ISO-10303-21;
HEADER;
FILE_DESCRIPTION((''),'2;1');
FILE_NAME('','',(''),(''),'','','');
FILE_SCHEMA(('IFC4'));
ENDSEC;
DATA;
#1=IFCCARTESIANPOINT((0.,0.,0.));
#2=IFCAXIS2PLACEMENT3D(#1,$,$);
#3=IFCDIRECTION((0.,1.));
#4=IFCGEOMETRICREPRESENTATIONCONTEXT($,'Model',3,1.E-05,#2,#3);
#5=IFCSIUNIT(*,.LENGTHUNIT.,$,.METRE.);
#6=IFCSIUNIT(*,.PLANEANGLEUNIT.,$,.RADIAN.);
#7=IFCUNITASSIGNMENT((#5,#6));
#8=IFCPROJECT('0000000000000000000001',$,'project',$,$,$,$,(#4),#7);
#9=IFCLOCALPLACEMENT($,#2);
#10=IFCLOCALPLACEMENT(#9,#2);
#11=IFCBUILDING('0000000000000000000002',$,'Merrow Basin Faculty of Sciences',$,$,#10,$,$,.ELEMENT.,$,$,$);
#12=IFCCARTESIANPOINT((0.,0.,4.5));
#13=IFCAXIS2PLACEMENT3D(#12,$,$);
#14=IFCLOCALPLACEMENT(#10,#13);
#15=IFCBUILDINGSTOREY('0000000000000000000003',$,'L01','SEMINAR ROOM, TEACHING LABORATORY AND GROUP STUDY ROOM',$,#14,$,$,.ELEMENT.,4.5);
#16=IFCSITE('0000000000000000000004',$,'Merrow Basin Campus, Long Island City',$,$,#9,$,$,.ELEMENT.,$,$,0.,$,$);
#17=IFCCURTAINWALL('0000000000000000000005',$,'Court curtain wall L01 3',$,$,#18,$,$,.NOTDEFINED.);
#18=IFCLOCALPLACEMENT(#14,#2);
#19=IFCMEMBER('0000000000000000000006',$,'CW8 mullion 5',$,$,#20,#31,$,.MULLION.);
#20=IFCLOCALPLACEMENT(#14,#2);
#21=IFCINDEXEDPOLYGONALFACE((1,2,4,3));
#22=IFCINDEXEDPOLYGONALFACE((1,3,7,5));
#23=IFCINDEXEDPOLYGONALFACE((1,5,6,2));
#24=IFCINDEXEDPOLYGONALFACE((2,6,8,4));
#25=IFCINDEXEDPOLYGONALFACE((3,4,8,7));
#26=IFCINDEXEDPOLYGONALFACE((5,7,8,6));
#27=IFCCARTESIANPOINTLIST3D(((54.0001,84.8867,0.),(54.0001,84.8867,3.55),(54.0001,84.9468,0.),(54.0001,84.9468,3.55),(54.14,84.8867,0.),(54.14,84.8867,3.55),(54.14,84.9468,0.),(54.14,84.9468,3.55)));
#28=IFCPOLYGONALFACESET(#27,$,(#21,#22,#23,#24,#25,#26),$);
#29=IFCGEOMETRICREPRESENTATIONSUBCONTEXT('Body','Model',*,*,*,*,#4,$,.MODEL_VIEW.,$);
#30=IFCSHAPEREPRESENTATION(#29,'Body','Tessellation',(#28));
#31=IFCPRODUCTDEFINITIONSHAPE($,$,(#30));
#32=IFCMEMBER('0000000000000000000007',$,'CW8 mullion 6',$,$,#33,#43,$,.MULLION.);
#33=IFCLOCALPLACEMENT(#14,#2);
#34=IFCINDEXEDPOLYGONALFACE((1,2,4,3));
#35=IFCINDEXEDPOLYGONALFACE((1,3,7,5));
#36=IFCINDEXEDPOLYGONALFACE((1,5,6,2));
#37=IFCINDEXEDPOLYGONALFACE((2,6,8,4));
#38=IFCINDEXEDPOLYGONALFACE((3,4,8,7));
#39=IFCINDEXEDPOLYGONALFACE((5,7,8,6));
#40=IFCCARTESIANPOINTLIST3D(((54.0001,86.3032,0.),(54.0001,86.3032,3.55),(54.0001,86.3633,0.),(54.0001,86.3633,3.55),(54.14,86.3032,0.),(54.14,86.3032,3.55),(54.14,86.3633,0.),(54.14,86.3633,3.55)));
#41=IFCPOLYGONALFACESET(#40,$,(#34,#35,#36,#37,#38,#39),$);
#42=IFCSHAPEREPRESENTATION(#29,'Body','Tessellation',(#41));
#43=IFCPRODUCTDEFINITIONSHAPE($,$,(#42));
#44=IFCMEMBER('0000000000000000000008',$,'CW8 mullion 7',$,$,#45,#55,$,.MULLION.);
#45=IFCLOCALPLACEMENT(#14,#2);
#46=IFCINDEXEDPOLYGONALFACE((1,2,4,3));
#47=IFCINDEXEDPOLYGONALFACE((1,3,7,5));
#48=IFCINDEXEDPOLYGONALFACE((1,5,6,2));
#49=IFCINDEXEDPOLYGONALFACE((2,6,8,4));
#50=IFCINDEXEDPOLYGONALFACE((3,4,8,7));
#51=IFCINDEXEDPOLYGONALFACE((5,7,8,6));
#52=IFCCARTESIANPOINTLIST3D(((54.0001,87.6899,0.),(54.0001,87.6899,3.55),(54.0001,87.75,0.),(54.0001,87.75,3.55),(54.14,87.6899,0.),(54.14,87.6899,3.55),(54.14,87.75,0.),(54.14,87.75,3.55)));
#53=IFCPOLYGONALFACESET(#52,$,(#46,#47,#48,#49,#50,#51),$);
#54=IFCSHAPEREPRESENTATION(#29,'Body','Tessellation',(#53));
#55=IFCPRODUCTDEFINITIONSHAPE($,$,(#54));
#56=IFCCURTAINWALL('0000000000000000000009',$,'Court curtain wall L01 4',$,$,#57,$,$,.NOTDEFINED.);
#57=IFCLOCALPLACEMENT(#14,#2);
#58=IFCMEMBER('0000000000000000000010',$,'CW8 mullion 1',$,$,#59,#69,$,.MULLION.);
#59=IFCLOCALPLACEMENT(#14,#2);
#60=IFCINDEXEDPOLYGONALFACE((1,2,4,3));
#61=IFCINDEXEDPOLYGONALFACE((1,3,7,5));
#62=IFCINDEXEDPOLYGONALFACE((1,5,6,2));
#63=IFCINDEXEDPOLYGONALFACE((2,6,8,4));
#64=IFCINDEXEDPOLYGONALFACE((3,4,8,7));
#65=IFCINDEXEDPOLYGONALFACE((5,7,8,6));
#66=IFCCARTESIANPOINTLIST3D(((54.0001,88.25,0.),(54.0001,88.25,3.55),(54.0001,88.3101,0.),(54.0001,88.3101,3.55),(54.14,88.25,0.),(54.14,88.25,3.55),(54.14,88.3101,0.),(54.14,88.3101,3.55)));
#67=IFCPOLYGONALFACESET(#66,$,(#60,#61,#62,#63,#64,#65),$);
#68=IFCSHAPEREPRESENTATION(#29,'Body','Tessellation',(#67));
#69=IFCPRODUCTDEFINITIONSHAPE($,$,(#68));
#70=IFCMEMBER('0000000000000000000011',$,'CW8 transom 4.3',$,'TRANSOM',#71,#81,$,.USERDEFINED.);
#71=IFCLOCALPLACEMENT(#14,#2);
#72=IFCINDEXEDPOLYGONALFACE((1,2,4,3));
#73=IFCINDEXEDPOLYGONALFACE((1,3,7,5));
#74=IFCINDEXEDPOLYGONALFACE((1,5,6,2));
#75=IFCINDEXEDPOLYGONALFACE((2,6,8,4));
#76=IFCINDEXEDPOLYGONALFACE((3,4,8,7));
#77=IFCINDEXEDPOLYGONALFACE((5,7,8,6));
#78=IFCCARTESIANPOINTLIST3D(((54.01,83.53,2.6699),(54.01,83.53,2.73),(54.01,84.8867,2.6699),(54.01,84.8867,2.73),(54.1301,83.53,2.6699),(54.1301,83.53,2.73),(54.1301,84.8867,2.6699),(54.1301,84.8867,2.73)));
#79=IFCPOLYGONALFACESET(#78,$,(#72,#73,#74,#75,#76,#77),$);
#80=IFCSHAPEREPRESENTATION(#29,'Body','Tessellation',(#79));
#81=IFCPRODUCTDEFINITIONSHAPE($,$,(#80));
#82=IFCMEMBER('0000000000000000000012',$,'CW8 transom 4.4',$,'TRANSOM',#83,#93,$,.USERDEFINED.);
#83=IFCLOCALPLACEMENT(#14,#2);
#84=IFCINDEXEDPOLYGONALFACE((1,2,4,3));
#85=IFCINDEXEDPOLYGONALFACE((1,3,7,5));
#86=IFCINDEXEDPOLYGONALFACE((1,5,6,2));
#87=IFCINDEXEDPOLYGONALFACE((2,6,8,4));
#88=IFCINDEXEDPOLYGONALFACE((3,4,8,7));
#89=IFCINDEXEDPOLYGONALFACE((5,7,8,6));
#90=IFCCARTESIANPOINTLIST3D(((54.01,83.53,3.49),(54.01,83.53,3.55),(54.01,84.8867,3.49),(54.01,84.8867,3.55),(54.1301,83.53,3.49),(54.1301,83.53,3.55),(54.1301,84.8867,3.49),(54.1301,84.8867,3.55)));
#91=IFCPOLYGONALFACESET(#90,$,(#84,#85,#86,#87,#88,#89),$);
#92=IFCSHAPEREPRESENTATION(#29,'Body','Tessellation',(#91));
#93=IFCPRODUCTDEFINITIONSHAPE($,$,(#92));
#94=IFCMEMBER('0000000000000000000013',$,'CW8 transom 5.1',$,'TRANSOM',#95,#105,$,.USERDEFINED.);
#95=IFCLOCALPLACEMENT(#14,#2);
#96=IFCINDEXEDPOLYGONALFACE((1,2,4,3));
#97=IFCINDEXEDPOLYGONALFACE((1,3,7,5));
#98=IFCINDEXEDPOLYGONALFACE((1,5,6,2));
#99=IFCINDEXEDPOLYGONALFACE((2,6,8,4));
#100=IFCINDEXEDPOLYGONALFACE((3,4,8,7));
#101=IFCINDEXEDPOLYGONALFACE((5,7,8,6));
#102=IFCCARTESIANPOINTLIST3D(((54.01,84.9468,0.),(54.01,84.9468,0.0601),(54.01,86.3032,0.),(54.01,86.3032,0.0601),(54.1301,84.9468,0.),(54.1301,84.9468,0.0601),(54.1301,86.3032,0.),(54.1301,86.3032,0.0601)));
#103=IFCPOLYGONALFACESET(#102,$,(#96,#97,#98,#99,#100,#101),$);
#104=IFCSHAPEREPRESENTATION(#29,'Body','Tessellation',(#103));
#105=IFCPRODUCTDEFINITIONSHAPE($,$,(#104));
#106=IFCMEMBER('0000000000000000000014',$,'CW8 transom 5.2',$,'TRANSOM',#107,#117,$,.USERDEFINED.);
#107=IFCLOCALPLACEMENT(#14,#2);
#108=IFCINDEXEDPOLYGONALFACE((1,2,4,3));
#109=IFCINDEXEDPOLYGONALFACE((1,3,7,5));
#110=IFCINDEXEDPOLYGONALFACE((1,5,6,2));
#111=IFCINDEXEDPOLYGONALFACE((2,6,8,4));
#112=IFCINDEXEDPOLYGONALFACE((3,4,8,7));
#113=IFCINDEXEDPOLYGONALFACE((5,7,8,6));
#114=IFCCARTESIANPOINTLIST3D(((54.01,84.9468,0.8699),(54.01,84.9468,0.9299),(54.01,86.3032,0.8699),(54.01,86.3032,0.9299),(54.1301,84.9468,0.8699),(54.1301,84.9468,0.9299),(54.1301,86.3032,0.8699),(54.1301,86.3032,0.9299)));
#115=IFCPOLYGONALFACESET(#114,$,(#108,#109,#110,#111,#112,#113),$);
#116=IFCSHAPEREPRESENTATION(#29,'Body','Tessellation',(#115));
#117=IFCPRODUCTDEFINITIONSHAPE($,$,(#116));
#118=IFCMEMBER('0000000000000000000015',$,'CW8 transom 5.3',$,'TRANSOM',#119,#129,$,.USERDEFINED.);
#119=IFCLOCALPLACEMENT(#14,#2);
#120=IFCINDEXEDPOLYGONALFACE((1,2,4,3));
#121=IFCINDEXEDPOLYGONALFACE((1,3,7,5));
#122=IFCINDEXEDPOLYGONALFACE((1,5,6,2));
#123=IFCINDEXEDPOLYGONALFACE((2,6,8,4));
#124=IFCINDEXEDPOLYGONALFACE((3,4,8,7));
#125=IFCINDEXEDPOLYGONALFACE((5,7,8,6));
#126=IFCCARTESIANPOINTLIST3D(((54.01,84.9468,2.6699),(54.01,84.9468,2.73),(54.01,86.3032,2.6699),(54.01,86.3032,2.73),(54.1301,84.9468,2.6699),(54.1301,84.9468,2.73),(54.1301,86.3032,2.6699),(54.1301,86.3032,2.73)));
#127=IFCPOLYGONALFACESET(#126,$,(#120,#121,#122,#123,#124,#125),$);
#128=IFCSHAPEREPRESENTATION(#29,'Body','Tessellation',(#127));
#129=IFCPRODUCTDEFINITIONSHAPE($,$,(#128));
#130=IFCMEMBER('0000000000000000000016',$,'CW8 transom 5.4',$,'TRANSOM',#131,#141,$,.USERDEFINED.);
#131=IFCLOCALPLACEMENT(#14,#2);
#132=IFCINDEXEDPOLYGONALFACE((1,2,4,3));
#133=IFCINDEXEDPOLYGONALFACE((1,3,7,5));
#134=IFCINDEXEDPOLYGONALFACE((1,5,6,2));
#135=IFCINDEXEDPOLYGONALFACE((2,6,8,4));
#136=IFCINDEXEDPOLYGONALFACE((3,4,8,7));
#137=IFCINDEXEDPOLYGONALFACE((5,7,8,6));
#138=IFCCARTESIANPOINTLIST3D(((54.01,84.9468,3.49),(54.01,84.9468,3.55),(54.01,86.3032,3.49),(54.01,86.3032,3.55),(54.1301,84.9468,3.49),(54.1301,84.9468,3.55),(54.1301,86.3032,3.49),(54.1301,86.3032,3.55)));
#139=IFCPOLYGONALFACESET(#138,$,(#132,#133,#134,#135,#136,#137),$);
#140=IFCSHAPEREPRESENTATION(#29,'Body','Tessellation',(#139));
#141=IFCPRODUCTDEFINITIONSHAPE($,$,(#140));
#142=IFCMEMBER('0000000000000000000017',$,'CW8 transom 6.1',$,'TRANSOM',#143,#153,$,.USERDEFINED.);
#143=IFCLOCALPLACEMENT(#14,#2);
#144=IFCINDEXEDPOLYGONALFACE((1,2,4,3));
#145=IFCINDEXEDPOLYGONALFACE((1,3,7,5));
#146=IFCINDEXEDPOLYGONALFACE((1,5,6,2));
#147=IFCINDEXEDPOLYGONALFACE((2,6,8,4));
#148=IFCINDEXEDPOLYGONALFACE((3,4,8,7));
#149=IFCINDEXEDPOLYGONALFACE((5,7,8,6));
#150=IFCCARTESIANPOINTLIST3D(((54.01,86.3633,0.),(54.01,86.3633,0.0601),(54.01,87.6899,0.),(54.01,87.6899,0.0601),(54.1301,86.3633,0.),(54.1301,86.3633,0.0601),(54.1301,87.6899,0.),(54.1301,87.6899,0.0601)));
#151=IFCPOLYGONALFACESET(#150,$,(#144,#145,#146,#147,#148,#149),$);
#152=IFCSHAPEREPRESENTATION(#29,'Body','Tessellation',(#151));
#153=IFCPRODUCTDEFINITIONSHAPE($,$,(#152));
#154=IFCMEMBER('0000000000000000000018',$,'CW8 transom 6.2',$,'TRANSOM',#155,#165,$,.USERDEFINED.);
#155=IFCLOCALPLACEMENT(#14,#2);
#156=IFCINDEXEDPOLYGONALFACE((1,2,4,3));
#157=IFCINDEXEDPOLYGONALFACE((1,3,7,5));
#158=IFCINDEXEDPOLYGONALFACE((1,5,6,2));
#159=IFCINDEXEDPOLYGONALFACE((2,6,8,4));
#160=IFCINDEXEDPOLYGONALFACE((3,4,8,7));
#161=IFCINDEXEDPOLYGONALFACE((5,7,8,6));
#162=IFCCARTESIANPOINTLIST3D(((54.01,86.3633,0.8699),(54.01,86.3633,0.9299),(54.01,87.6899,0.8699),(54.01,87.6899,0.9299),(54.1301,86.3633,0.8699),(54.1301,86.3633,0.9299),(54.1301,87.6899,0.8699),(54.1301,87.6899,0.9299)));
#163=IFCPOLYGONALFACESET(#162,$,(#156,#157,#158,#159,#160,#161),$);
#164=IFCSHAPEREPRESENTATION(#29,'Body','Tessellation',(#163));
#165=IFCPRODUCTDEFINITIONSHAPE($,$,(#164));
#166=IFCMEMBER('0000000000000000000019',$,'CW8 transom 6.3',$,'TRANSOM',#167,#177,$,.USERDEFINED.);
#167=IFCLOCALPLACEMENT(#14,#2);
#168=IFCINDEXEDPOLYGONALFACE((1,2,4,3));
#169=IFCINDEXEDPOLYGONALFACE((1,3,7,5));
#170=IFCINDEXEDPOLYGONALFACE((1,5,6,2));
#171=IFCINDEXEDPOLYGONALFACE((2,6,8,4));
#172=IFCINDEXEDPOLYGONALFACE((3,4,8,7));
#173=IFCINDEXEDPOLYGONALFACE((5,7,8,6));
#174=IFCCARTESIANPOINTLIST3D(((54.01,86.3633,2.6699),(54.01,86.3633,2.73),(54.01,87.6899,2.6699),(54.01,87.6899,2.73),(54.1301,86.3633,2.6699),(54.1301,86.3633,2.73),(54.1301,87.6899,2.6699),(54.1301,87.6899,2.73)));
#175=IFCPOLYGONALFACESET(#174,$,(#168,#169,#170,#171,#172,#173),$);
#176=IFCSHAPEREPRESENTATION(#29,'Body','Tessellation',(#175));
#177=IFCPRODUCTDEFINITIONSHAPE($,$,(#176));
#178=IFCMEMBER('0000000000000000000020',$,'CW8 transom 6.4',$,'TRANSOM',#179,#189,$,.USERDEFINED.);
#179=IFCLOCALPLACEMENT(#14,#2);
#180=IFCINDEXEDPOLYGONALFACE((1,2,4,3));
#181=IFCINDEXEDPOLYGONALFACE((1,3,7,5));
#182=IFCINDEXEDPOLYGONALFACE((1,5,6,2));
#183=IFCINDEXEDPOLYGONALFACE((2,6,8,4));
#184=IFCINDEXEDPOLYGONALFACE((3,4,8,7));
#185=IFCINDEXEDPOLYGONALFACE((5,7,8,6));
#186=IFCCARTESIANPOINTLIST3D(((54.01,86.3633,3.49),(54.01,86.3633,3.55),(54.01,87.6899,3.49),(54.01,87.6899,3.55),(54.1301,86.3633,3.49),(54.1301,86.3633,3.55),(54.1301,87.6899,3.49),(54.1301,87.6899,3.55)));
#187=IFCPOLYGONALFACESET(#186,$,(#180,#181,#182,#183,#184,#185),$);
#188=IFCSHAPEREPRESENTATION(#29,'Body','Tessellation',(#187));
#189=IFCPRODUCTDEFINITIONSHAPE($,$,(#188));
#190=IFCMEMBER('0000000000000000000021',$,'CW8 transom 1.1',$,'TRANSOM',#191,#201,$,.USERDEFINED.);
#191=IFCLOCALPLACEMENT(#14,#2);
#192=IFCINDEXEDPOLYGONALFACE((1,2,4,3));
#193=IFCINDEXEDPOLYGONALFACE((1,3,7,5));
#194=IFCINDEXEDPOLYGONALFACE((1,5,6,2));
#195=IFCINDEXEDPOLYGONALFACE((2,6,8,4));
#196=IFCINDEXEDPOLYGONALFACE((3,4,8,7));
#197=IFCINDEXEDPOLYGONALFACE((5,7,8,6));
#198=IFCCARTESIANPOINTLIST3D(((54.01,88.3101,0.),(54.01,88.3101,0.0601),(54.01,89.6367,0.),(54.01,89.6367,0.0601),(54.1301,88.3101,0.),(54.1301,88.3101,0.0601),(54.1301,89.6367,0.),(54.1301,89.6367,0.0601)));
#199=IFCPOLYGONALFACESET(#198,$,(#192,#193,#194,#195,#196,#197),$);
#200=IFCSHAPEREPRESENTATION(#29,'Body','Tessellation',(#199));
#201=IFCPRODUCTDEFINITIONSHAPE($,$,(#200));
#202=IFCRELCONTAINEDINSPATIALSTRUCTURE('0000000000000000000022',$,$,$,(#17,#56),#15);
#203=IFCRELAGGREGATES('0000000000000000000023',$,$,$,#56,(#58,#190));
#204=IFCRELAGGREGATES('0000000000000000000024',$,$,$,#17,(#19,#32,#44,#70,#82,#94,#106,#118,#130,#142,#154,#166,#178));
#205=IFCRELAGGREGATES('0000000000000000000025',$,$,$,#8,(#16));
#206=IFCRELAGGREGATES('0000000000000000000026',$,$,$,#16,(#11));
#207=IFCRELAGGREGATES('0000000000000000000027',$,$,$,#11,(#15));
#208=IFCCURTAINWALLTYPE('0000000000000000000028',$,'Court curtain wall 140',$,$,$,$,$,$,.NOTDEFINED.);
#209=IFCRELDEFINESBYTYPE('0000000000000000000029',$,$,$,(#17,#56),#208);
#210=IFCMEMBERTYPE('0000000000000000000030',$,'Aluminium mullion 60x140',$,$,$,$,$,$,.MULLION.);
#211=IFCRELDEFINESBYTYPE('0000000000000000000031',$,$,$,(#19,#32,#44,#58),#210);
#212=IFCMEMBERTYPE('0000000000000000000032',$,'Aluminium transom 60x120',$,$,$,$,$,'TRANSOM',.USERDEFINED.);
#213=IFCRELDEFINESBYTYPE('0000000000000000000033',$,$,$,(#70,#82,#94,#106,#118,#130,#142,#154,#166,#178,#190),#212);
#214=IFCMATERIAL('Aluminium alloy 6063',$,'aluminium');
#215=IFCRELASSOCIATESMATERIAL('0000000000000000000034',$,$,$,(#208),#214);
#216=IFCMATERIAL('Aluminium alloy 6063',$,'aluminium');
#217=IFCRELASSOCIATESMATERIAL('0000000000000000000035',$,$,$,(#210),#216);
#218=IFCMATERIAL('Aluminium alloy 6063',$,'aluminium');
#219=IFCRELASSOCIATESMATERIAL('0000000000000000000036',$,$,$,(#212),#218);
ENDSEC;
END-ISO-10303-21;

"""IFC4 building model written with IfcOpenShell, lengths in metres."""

from ifc_helpers import new_model, si_unit, direction, frame, origin, origin_2d, place, context, subcontext, project, spatial, rectangle, extrude, material, material_profile, profile_set, type_object, element, aggregate, save


model = new_model("IFC4")

# Units and contexts
model_context = context("Model", 3, precision=1e-05, world=origin(), true_north=direction((0.0, 1.0)))
body_context = subcontext(model_context, "Body", "Model", "MODEL_VIEW")
ifc_project = project(units=[si_unit("LENGTHUNIT", "METRE"), si_unit("PLANEANGLEUNIT", "RADIAN")], contexts=[model_context])

# Site, building, storey
site_placement = place(None, origin())
site = spatial("IfcSite", under=ifc_project, at=site_placement, Name="Merrow Basin Campus, Long Island City", CompositionType="ELEMENT", RefElevation=0.0)
building_placement = place(site_placement, origin())
building = spatial("IfcBuilding", under=site, at=building_placement, Name="Merrow Basin Faculty of Sciences", CompositionType="ELEMENT")
storey_placement = place(building_placement, frame((0.0, 0.0, 4.5)))
storey = spatial("IfcBuildingStorey", under=building, at=storey_placement, Name="L01", Description="SEMINAR ROOM, TEACHING LABORATORY AND GROUP STUDY ROOM", CompositionType="ELEMENT", Elevation=4.5)

# Curtain wall, members
ifc_material_1 = material(Name="Aluminium alloy 6063", Category="aluminium")
curtain_wall_type = type_object("IfcCurtainWallType", Name="Court curtain wall 140", PredefinedType="NOTDEFINED", material=ifc_material_1)
curtain_wall_1_placement = place(storey_placement, origin())
curtain_wall_1 = element("IfcCurtainWall", 1, at=curtain_wall_1_placement, inside=storey, type_object=curtain_wall_type, Name="Court curtain wall L01 3", PredefinedType="NOTDEFINED")
ifc_material_2 = material(Name="Aluminium alloy 6063", Category="aluminium")
ifc_material_profile_1 = material_profile(ifc_material_2, rectangle(XDim=0.1399, YDim=0.0601, at=origin_2d()))
ifc_profile_set_1 = profile_set([ifc_material_profile_1], Name="Aluminium alloy 6063")
member_type_1 = type_object("IfcMemberType", Name="Aluminium mullion 60x140", PredefinedType="MULLION", material=ifc_profile_set_1)
member_1_placement = place(storey_placement, frame((54.0701, 84.9167, 0.0), z_axis=(0.0, 0.0, 1.0), x_axis=(-1.0, 0.0, 0.0)))
member_1 = element("IfcMember", 2, at=member_1_placement, type_object=member_type_1, Name="CW8 mullion 5", PredefinedType="MULLION", context=body_context, shape_type="SweptSolid", body=[
    extrude(rectangle(XDim=0.1399, YDim=0.0601, at=origin_2d()), origin(), (0.0, 0.0, 1.0), 3.55),
])
member_2_placement = place(storey_placement, frame((54.0701, 86.3333, 0.0), z_axis=(0.0, 0.0, 1.0), x_axis=(-1.0, 0.0, 0.0)))
member_2 = element("IfcMember", 3, at=member_2_placement, type_object=member_type_1, Name="CW8 mullion 6", PredefinedType="MULLION", context=body_context, shape_type="SweptSolid", body=[
    extrude(rectangle(XDim=0.1399, YDim=0.0601, at=origin_2d()), origin(), (0.0, 0.0, 1.0), 3.55),
])
member_3_placement = place(storey_placement, frame((54.0701, 87.72, 0.0), z_axis=(0.0, 0.0, 1.0), x_axis=(-1.0, 0.0, 0.0)))
member_3 = element("IfcMember", 4, at=member_3_placement, type_object=member_type_1, Name="CW8 mullion 7", PredefinedType="MULLION", context=body_context, shape_type="SweptSolid", body=[
    extrude(rectangle(XDim=0.1399, YDim=0.0601, at=origin_2d()), origin(), (0.0, 0.0, 1.0), 3.55),
])

# Curtain wall, member
curtain_wall_2_placement = place(storey_placement, origin())
curtain_wall_2 = element("IfcCurtainWall", 5, at=curtain_wall_2_placement, inside=storey, type_object=curtain_wall_type, Name="Court curtain wall L01 4", PredefinedType="NOTDEFINED")
member_4_placement = place(storey_placement, frame((54.0701, 88.28, 0.0), z_axis=(0.0, 0.0, 1.0), x_axis=(-1.0, 0.0, 0.0)))
member_4 = element("IfcMember", 6, at=member_4_placement, type_object=member_type_1, Name="CW8 mullion 1", PredefinedType="MULLION", context=body_context, shape_type="SweptSolid", body=[
    extrude(rectangle(XDim=0.1399, YDim=0.0601, at=origin_2d()), origin(), (0.0, 0.0, 1.0), 3.55),
])

# Members
ifc_material_3 = material(Name="Aluminium alloy 6063", Category="aluminium")
ifc_material_profile_2 = material_profile(ifc_material_3, rectangle(XDim=0.1201, YDim=0.0601, at=origin_2d()))
ifc_profile_set_2 = profile_set([ifc_material_profile_2], Name="Aluminium alloy 6063")
member_type_2 = type_object("IfcMemberType", Name="Aluminium transom 60x120", ElementType="TRANSOM", PredefinedType="USERDEFINED", material=ifc_profile_set_2)
member_5_placement = place(storey_placement, frame((54.0701, 83.53, 2.7), z_axis=(0.0, 1.0, 0.0), x_axis=(-1.0, 0.0, 0.0)))
member_5 = element("IfcMember", 7, at=member_5_placement, type_object=member_type_2, Name="CW8 transom 4.3", ObjectType="TRANSOM", PredefinedType="USERDEFINED", context=body_context, shape_type="SweptSolid", body=[
    extrude(rectangle(XDim=0.1201, YDim=0.0601, at=origin_2d()), origin(), (0.0, 0.0, 1.0), 1.3567),
])
member_6_placement = place(storey_placement, frame((54.0701, 83.53, 3.52), z_axis=(0.0, 1.0, 0.0), x_axis=(-1.0, 0.0, 0.0)))
member_6 = element("IfcMember", 8, at=member_6_placement, type_object=member_type_2, Name="CW8 transom 4.4", ObjectType="TRANSOM", PredefinedType="USERDEFINED", context=body_context, shape_type="SweptSolid", body=[
    extrude(rectangle(XDim=0.1201, YDim=0.0601, at=origin_2d()), origin(), (0.0, 0.0, 1.0), 1.3567),
])
member_7_placement = place(storey_placement, frame((54.0701, 84.9468, 0.03), z_axis=(0.0, 1.0, 0.0), x_axis=(-1.0, 0.0, 0.0)))
member_7 = element("IfcMember", 9, at=member_7_placement, type_object=member_type_2, Name="CW8 transom 5.1", ObjectType="TRANSOM", PredefinedType="USERDEFINED", context=body_context, shape_type="SweptSolid", body=[
    extrude(rectangle(XDim=0.1201, YDim=0.0601, at=origin_2d()), origin(), (0.0, 0.0, 1.0), 1.3564),
])
member_8_placement = place(storey_placement, frame((54.0701, 84.9468, 0.8999), z_axis=(0.0, 1.0, 0.0), x_axis=(-1.0, 0.0, 0.0)))
member_8 = element("IfcMember", 10, at=member_8_placement, type_object=member_type_2, Name="CW8 transom 5.2", ObjectType="TRANSOM", PredefinedType="USERDEFINED", context=body_context, shape_type="SweptSolid", body=[
    extrude(rectangle(XDim=0.1201, YDim=0.0601, at=origin_2d()), origin(), (0.0, 0.0, 1.0), 1.3564),
])
member_9_placement = place(storey_placement, frame((54.0701, 84.9468, 2.7), z_axis=(0.0, 1.0, 0.0), x_axis=(-1.0, 0.0, 0.0)))
member_9 = element("IfcMember", 11, at=member_9_placement, type_object=member_type_2, Name="CW8 transom 5.3", ObjectType="TRANSOM", PredefinedType="USERDEFINED", context=body_context, shape_type="SweptSolid", body=[
    extrude(rectangle(XDim=0.1201, YDim=0.0601, at=origin_2d()), origin(), (0.0, 0.0, 1.0), 1.3564),
])
member_10_placement = place(storey_placement, frame((54.0701, 84.9468, 3.52), z_axis=(0.0, 1.0, 0.0), x_axis=(-1.0, 0.0, 0.0)))
member_10 = element("IfcMember", 12, at=member_10_placement, type_object=member_type_2, Name="CW8 transom 5.4", ObjectType="TRANSOM", PredefinedType="USERDEFINED", context=body_context, shape_type="SweptSolid", body=[
    extrude(rectangle(XDim=0.1201, YDim=0.0601, at=origin_2d()), origin(), (0.0, 0.0, 1.0), 1.3564),
])
member_11_placement = place(storey_placement, frame((54.0701, 86.3633, 0.03), z_axis=(0.0, 1.0, 0.0), x_axis=(-1.0, 0.0, 0.0)))
member_11 = element("IfcMember", 13, at=member_11_placement, type_object=member_type_2, Name="CW8 transom 6.1", ObjectType="TRANSOM", PredefinedType="USERDEFINED", context=body_context, shape_type="SweptSolid", body=[
    extrude(rectangle(XDim=0.1201, YDim=0.0601, at=origin_2d()), origin(), (0.0, 0.0, 1.0), 1.3267),
])
member_12_placement = place(storey_placement, frame((54.0701, 86.3633, 0.8999), z_axis=(0.0, 1.0, 0.0), x_axis=(-1.0, 0.0, 0.0)))
member_12 = element("IfcMember", 14, at=member_12_placement, type_object=member_type_2, Name="CW8 transom 6.2", ObjectType="TRANSOM", PredefinedType="USERDEFINED", context=body_context, shape_type="SweptSolid", body=[
    extrude(rectangle(XDim=0.1201, YDim=0.0601, at=origin_2d()), origin(), (0.0, 0.0, 1.0), 1.3267),
])
member_13_placement = place(storey_placement, frame((54.0701, 86.3633, 2.7), z_axis=(0.0, 1.0, 0.0), x_axis=(-1.0, 0.0, 0.0)))
member_13 = element("IfcMember", 15, at=member_13_placement, type_object=member_type_2, Name="CW8 transom 6.3", ObjectType="TRANSOM", PredefinedType="USERDEFINED", context=body_context, shape_type="SweptSolid", body=[
    extrude(rectangle(XDim=0.1201, YDim=0.0601, at=origin_2d()), origin(), (0.0, 0.0, 1.0), 1.3267),
])
member_14_placement = place(storey_placement, frame((54.0701, 86.3633, 3.52), z_axis=(0.0, 1.0, 0.0), x_axis=(-1.0, 0.0, 0.0)))
member_14 = element("IfcMember", 16, at=member_14_placement, type_object=member_type_2, Name="CW8 transom 6.4", ObjectType="TRANSOM", PredefinedType="USERDEFINED", context=body_context, shape_type="SweptSolid", body=[
    extrude(rectangle(XDim=0.1201, YDim=0.0601, at=origin_2d()), origin(), (0.0, 0.0, 1.0), 1.3267),
])
member_15_placement = place(storey_placement, frame((54.0701, 88.3101, 0.03), z_axis=(0.0, 1.0, 0.0), x_axis=(-1.0, 0.0, 0.0)))
member_15 = element("IfcMember", 17, at=member_15_placement, type_object=member_type_2, Name="CW8 transom 1.1", ObjectType="TRANSOM", PredefinedType="USERDEFINED", context=body_context, shape_type="SweptSolid", body=[
    extrude(rectangle(XDim=0.1201, YDim=0.0601, at=origin_2d()), origin(), (0.0, 0.0, 1.0), 1.3267),
])
aggregate(curtain_wall_2, [member_4, member_15])

aggregate(curtain_wall_1, [member_1, member_2, member_3, member_5, member_6, member_7, member_8, member_9, member_10, member_11, member_12, member_13, member_14])

save(model, "model.ifc")
